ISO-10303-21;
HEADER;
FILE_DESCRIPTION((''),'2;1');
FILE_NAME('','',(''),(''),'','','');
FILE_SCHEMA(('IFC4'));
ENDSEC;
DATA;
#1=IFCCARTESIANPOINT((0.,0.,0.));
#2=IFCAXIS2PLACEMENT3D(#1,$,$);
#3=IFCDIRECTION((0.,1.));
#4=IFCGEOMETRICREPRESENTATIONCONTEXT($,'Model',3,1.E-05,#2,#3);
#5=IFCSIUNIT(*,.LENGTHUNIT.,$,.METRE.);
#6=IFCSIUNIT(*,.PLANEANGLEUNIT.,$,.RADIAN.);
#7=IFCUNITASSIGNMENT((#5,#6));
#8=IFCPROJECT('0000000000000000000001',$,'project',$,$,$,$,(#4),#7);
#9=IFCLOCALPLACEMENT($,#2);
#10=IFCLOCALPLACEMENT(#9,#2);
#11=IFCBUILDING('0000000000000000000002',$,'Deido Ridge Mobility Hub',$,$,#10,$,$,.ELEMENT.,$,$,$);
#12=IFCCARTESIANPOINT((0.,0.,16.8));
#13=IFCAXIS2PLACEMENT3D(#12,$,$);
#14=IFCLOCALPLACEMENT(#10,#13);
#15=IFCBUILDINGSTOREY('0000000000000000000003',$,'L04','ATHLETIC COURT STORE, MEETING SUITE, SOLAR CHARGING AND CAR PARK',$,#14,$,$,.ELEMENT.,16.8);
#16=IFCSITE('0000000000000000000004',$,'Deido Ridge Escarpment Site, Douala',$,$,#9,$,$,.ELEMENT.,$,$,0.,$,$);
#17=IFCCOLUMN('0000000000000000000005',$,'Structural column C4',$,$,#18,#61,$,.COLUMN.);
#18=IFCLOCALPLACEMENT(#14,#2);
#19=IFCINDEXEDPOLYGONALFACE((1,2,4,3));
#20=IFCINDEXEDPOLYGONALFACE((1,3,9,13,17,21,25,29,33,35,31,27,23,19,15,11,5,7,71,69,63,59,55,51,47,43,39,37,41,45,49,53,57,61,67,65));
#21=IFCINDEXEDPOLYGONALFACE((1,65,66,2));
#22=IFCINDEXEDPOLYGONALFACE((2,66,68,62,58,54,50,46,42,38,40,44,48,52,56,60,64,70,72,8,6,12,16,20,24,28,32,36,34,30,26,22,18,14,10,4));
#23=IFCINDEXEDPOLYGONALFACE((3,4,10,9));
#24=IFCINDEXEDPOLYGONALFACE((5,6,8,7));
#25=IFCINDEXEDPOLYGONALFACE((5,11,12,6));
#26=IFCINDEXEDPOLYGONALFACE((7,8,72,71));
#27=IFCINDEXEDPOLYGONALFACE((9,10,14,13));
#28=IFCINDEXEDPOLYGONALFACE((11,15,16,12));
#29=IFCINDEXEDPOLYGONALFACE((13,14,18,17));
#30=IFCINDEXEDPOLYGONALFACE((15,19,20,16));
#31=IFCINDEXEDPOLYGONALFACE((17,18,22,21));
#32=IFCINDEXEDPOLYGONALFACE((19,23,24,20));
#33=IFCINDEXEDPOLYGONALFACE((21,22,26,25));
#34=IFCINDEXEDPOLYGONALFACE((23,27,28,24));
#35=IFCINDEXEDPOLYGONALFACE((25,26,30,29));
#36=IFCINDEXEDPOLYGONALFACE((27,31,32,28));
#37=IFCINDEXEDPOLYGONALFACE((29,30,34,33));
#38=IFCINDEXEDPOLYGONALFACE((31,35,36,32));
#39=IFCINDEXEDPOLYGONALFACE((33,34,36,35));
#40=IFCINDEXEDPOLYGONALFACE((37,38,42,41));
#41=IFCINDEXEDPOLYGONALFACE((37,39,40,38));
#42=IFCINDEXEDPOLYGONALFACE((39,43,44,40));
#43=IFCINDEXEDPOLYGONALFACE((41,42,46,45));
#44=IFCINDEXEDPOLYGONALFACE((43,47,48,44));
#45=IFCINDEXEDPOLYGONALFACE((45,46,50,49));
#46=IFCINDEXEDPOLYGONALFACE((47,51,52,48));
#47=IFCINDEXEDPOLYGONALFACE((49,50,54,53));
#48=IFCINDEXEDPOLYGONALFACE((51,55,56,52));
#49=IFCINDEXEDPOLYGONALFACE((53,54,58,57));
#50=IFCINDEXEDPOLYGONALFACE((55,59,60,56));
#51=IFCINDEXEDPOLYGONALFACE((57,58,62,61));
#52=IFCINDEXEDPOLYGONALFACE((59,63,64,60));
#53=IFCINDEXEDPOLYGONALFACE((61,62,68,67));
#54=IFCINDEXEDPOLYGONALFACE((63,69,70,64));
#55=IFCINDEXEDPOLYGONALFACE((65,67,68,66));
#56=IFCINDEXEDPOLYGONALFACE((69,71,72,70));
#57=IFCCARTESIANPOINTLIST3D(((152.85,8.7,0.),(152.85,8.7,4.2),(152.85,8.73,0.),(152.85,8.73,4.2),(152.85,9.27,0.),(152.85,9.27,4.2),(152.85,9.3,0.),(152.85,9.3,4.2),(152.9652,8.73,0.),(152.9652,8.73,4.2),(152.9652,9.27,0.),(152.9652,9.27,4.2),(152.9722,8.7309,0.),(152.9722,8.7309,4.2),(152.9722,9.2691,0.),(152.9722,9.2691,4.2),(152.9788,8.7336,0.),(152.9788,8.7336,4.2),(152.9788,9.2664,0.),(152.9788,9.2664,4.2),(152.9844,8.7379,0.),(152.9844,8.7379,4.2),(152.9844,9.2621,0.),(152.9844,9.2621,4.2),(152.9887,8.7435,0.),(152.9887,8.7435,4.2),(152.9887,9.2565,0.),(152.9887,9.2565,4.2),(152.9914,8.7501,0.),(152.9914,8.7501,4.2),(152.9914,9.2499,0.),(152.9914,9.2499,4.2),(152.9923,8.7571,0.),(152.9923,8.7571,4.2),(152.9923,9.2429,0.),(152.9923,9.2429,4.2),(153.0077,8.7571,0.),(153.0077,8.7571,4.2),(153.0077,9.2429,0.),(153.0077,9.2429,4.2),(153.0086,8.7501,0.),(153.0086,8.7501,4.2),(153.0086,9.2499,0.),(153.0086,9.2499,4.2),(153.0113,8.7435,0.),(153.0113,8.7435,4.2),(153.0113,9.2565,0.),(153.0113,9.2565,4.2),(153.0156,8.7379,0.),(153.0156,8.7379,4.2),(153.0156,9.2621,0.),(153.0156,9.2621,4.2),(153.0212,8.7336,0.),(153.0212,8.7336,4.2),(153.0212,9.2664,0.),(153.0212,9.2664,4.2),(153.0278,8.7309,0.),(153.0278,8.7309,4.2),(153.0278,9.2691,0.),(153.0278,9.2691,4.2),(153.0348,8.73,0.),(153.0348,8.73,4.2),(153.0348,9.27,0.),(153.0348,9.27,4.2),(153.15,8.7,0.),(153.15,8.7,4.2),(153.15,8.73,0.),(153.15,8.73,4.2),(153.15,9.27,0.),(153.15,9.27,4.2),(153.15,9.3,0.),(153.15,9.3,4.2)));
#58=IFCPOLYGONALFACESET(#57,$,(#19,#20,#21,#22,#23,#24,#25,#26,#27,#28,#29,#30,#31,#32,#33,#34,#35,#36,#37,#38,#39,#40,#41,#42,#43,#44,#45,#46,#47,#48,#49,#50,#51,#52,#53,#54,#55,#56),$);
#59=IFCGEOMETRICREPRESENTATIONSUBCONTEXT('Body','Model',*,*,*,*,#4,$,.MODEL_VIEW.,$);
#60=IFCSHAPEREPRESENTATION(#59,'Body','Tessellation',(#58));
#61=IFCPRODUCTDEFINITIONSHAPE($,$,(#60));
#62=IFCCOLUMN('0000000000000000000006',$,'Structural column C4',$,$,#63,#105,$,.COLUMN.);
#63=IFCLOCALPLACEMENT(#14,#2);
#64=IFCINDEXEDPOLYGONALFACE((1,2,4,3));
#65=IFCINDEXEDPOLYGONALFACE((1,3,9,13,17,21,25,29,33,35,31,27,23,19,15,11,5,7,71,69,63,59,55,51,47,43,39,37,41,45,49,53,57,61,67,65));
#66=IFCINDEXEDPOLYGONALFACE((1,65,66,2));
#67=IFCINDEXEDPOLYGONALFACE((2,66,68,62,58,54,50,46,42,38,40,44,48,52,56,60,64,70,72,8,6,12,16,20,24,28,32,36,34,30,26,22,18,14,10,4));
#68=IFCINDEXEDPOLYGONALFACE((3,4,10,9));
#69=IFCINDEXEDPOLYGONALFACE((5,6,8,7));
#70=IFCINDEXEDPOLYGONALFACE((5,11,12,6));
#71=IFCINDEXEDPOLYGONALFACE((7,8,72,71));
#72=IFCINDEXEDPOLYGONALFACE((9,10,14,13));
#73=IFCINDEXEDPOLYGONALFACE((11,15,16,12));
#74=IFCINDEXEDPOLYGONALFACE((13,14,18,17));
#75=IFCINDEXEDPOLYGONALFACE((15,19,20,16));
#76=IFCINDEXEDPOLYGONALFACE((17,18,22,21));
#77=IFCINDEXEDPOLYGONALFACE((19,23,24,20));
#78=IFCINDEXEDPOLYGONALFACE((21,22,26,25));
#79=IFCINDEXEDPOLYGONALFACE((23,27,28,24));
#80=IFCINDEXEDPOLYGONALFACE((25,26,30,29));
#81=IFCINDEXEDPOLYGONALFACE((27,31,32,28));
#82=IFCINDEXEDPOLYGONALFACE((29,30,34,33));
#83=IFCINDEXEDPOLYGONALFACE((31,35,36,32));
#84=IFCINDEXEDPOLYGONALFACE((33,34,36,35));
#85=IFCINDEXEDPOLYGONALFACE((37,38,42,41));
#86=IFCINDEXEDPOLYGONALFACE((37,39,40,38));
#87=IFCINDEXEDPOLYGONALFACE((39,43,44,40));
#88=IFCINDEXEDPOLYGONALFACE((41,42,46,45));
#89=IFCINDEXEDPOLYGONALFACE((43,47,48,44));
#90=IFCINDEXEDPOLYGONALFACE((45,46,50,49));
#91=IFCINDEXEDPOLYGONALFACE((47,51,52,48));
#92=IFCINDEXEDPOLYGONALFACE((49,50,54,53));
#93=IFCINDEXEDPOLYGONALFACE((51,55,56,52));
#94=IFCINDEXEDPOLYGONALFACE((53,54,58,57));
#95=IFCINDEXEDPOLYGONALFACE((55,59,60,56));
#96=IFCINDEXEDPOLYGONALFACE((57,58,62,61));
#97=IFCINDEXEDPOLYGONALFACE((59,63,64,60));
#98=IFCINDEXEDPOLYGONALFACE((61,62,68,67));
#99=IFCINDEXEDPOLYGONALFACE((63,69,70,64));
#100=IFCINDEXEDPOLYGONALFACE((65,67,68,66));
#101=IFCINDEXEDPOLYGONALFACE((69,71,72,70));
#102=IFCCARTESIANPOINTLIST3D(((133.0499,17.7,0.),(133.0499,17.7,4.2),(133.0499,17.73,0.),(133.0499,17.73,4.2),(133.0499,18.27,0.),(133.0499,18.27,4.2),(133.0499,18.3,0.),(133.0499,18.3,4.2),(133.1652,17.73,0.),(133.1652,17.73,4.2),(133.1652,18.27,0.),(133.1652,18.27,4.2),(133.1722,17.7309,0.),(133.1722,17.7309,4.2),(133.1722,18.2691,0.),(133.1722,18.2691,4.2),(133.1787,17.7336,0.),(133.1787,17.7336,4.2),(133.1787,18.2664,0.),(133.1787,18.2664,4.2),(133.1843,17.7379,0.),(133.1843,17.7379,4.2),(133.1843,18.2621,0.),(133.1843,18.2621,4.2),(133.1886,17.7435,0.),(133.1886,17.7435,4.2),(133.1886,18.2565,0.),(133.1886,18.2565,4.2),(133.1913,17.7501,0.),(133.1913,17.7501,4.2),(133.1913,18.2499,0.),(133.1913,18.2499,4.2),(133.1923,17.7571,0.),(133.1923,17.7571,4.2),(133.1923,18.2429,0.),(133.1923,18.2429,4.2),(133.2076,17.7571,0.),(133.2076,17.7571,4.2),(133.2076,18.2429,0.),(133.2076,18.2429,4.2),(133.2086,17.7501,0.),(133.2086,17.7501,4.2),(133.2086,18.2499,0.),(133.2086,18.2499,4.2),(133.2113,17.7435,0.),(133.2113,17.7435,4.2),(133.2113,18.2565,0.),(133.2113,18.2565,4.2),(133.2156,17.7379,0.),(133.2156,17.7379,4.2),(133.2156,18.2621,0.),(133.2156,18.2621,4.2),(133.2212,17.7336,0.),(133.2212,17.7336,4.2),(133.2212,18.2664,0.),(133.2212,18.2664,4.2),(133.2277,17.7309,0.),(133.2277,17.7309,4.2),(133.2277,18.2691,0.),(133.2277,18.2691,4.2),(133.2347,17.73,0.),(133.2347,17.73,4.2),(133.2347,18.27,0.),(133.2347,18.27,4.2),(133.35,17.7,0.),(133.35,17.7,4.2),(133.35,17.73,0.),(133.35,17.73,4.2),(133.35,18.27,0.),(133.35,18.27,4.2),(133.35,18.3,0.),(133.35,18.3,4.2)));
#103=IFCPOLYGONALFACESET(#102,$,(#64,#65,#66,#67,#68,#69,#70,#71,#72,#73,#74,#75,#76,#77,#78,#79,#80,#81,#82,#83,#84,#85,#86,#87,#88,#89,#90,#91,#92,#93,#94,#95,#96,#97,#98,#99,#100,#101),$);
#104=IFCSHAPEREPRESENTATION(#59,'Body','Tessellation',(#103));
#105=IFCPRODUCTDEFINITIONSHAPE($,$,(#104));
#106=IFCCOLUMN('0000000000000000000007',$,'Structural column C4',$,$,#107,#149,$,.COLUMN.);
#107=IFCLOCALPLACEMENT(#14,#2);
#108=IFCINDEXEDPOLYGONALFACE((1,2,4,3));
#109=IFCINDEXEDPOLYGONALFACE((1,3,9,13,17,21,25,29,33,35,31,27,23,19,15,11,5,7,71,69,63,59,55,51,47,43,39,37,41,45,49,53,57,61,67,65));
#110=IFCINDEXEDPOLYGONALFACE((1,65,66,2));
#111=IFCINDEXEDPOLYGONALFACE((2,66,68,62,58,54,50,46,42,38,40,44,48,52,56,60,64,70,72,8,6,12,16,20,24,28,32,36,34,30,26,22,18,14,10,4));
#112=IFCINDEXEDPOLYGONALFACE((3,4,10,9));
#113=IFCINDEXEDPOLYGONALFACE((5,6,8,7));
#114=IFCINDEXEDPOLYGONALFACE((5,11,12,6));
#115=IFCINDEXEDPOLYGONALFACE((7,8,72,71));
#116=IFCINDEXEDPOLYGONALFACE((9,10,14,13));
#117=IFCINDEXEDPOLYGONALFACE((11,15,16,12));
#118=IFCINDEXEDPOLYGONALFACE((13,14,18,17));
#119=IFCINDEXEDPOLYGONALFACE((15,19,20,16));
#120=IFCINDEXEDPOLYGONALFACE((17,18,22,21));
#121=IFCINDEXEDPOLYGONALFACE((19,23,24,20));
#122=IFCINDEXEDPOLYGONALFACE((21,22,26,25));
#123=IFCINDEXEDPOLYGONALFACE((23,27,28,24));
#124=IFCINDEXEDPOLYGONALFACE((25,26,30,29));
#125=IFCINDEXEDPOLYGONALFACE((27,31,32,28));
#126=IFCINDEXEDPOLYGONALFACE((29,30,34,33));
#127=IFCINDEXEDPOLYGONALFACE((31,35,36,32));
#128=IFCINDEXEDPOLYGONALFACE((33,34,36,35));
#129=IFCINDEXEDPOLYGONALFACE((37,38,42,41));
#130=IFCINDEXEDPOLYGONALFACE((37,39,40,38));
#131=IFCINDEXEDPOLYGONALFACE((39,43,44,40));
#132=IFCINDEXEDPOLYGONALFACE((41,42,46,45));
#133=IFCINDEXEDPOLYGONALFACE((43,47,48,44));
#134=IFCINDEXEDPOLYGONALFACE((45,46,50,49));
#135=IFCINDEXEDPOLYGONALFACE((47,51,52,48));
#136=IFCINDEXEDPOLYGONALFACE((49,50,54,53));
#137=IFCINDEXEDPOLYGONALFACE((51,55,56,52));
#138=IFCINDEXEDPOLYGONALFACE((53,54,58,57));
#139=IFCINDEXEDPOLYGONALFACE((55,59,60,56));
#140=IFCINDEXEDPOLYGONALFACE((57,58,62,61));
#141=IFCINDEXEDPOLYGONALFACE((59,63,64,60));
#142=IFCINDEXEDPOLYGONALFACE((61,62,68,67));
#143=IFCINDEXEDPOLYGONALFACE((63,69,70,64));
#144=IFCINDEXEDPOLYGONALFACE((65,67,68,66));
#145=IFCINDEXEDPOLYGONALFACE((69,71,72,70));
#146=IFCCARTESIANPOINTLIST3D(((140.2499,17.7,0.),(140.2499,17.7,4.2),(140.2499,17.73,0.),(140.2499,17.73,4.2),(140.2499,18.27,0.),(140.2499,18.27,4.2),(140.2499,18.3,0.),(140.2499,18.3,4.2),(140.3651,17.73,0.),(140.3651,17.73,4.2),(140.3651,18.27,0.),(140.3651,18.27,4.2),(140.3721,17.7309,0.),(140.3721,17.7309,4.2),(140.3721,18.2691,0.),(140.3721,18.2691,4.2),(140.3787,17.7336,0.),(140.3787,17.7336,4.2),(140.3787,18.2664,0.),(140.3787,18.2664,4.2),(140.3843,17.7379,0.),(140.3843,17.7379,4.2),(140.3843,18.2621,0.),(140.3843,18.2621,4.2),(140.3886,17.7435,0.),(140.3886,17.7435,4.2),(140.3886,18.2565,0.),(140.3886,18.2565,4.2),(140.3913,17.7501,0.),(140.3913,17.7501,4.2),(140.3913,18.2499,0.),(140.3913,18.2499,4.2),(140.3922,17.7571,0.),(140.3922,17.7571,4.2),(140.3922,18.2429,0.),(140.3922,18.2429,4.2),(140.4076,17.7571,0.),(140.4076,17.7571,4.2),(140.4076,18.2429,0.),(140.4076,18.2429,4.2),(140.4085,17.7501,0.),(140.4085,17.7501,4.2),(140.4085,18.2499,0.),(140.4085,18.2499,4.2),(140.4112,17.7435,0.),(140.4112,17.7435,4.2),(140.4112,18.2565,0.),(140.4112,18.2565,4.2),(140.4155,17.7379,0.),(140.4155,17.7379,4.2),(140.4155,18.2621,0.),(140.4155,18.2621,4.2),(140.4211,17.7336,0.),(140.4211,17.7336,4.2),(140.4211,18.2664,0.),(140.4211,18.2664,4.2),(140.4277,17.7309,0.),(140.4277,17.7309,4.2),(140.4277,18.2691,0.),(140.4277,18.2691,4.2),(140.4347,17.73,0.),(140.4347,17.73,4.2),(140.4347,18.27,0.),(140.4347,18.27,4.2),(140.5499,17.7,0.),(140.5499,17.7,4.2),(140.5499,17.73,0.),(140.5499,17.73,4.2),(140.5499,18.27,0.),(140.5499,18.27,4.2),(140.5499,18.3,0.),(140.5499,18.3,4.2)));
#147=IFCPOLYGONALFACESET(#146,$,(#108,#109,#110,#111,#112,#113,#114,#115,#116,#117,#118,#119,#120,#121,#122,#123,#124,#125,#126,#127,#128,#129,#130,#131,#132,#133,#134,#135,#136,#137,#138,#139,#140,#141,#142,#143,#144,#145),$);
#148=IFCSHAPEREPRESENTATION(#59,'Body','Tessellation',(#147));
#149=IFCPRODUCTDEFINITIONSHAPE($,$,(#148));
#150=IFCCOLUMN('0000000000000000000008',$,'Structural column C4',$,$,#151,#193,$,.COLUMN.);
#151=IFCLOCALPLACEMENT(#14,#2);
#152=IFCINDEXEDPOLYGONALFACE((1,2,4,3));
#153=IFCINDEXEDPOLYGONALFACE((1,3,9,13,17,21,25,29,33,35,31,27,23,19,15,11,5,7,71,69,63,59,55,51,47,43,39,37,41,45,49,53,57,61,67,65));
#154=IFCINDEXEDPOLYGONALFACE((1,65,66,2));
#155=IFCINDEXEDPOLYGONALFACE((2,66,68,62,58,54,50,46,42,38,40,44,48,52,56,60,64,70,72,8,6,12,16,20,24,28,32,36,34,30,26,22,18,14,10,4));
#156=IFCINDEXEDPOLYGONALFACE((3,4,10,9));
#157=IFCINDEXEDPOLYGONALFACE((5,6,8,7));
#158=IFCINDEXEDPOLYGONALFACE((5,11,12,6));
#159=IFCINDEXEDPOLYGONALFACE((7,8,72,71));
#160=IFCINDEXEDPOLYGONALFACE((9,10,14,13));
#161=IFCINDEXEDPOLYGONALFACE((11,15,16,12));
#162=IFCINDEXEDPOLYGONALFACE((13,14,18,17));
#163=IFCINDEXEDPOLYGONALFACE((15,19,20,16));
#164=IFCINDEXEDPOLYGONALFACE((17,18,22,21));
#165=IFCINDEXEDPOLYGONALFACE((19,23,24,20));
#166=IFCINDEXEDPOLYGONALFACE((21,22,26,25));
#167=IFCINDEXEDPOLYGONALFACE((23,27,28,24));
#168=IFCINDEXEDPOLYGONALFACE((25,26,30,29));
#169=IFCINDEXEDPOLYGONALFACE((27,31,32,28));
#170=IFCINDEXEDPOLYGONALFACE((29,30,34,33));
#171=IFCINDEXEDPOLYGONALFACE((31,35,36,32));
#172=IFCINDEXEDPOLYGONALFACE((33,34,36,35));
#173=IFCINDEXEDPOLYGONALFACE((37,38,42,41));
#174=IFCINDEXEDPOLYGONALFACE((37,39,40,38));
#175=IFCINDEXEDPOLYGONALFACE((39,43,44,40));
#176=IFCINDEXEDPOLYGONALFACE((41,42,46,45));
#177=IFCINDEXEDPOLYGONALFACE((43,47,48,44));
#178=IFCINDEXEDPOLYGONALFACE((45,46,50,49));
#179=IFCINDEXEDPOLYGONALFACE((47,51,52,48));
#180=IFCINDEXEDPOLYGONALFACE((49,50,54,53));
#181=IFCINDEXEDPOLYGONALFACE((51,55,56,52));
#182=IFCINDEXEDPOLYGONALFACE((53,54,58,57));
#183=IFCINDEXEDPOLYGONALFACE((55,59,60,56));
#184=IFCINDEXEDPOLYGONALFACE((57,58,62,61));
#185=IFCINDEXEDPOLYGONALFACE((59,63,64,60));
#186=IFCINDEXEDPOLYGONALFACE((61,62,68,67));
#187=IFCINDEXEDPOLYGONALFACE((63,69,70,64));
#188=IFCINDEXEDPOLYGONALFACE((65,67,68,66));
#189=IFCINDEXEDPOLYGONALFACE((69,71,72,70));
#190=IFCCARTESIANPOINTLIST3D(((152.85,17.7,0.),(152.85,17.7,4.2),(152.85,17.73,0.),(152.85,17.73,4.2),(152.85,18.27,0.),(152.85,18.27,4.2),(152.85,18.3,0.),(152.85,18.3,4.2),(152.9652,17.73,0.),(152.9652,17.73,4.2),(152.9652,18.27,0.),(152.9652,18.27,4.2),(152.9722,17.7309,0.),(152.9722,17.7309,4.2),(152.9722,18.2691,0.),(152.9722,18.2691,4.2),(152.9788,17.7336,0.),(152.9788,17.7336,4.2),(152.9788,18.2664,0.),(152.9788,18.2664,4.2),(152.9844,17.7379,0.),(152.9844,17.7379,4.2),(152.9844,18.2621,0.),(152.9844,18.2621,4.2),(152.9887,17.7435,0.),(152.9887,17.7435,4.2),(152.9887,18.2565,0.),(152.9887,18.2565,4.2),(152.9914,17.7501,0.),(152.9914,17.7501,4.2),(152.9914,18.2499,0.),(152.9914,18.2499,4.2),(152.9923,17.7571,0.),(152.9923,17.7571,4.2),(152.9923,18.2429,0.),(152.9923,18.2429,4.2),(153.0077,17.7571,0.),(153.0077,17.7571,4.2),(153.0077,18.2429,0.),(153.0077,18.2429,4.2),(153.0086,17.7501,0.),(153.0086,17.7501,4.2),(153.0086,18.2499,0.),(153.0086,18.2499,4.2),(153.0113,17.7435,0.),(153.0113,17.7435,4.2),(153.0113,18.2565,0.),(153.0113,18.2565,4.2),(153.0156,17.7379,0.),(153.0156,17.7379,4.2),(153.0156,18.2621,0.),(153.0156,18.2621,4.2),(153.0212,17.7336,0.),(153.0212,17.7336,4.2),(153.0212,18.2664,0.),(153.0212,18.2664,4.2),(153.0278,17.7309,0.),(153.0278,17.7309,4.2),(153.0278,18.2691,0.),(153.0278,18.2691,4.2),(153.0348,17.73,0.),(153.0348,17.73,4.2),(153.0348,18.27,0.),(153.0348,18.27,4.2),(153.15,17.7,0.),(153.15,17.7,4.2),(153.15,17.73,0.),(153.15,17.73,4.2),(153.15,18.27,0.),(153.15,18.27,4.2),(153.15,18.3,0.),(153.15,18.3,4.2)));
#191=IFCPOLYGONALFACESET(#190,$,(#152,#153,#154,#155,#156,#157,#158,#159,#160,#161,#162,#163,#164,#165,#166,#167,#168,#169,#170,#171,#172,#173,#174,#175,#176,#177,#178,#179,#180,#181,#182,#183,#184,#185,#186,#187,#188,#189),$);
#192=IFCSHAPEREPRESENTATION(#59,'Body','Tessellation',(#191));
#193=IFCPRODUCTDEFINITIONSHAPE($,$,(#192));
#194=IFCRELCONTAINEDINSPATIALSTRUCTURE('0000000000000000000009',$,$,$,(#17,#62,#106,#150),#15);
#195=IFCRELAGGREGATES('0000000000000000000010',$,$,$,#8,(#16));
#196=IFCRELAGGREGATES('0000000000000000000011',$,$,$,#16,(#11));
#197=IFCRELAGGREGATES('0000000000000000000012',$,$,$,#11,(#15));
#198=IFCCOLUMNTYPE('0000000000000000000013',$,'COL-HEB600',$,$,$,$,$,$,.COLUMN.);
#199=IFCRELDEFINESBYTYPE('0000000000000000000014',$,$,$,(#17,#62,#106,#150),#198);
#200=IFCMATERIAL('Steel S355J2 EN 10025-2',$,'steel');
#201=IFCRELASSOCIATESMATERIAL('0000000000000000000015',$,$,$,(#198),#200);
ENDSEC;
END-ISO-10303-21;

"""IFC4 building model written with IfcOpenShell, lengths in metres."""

from ifc_helpers import new_model, si_unit, direction, frame, origin, origin_2d, place, context, subcontext, project, spatial, i_section, extrude, material, material_profile, profile_set, type_object, element, save


model = new_model("IFC4")

# Units and contexts
model_context = context("Model", 3, precision=1e-05, world=origin(), true_north=direction((0.0, 1.0)))
body_context = subcontext(model_context, "Body", "Model", "MODEL_VIEW")
ifc_project = project(units=[si_unit("LENGTHUNIT", "METRE"), si_unit("PLANEANGLEUNIT", "RADIAN")], contexts=[model_context])

# Site, building, storey
site_placement = place(None, origin())
site = spatial("IfcSite", under=ifc_project, at=site_placement, Name="Deido Ridge Escarpment Site, Douala", CompositionType="ELEMENT", RefElevation=0.0)
building_placement = place(site_placement, origin())
building = spatial("IfcBuilding", under=site, at=building_placement, Name="Deido Ridge Mobility Hub", CompositionType="ELEMENT")
storey_placement = place(building_placement, frame((0.0, 0.0, 16.8)))
storey = spatial("IfcBuildingStorey", under=building, at=storey_placement, Name="L04", Description="ATHLETIC COURT STORE, MEETING SUITE, SOLAR CHARGING AND CAR PARK", CompositionType="ELEMENT", Elevation=16.8)

# Columns
ifc_material_1 = material(Name="Steel S355J2 EN 10025-2", Category="steel")
ifc_material_profile_1 = material_profile(ifc_material_1, i_section(OverallWidth=0.3, OverallDepth=0.6001, WebThickness=0.0154, FlangeThickness=0.03, FilletRadius=0.0271, at=origin_2d()), Name="HEB 600")
ifc_profile_set_1 = profile_set([ifc_material_profile_1], Name="Steel S355J2 EN 10025-2")
column_type_1 = type_object("IfcColumnType", Name="COL-HEB600", PredefinedType="COLUMN", material=ifc_profile_set_1)
for number, where, z_axis, x_axis, name in (
    (1, (153.0, 9.0, 0.0), (0.0, 0.0, 1.0), (1.0, 0.0, 0.0), "Structural column C4"),
    (2, (133.2, 18.0, 0.0), (0.0, 0.0, 1.0), (1.0, 0.0, 0.0), "Structural column C4"),
    (3, (140.3999, 18.0, 0.0), (0.0, 0.0, 1.0), (1.0, 0.0, 0.0), "Structural column C4"),
    (4, (153.0, 18.0, 0.0), (0.0, 0.0, 1.0), (1.0, 0.0, 0.0), "Structural column C4"),
):
    element("IfcColumn", number, at=place(storey_placement, frame(where, z_axis=z_axis, x_axis=x_axis)), inside=storey, type_object=column_type_1, Name=name, PredefinedType="COLUMN", context=body_context, shape_type="SweptSolid", body=[
        extrude(i_section(OverallWidth=0.3, OverallDepth=0.6001, WebThickness=0.0154, FlangeThickness=0.03, FilletRadius=0.0271, at=origin_2d()), origin(), (0.0, 0.0, 1.0), 4.2),
    ])

save(model, "model.ifc")
